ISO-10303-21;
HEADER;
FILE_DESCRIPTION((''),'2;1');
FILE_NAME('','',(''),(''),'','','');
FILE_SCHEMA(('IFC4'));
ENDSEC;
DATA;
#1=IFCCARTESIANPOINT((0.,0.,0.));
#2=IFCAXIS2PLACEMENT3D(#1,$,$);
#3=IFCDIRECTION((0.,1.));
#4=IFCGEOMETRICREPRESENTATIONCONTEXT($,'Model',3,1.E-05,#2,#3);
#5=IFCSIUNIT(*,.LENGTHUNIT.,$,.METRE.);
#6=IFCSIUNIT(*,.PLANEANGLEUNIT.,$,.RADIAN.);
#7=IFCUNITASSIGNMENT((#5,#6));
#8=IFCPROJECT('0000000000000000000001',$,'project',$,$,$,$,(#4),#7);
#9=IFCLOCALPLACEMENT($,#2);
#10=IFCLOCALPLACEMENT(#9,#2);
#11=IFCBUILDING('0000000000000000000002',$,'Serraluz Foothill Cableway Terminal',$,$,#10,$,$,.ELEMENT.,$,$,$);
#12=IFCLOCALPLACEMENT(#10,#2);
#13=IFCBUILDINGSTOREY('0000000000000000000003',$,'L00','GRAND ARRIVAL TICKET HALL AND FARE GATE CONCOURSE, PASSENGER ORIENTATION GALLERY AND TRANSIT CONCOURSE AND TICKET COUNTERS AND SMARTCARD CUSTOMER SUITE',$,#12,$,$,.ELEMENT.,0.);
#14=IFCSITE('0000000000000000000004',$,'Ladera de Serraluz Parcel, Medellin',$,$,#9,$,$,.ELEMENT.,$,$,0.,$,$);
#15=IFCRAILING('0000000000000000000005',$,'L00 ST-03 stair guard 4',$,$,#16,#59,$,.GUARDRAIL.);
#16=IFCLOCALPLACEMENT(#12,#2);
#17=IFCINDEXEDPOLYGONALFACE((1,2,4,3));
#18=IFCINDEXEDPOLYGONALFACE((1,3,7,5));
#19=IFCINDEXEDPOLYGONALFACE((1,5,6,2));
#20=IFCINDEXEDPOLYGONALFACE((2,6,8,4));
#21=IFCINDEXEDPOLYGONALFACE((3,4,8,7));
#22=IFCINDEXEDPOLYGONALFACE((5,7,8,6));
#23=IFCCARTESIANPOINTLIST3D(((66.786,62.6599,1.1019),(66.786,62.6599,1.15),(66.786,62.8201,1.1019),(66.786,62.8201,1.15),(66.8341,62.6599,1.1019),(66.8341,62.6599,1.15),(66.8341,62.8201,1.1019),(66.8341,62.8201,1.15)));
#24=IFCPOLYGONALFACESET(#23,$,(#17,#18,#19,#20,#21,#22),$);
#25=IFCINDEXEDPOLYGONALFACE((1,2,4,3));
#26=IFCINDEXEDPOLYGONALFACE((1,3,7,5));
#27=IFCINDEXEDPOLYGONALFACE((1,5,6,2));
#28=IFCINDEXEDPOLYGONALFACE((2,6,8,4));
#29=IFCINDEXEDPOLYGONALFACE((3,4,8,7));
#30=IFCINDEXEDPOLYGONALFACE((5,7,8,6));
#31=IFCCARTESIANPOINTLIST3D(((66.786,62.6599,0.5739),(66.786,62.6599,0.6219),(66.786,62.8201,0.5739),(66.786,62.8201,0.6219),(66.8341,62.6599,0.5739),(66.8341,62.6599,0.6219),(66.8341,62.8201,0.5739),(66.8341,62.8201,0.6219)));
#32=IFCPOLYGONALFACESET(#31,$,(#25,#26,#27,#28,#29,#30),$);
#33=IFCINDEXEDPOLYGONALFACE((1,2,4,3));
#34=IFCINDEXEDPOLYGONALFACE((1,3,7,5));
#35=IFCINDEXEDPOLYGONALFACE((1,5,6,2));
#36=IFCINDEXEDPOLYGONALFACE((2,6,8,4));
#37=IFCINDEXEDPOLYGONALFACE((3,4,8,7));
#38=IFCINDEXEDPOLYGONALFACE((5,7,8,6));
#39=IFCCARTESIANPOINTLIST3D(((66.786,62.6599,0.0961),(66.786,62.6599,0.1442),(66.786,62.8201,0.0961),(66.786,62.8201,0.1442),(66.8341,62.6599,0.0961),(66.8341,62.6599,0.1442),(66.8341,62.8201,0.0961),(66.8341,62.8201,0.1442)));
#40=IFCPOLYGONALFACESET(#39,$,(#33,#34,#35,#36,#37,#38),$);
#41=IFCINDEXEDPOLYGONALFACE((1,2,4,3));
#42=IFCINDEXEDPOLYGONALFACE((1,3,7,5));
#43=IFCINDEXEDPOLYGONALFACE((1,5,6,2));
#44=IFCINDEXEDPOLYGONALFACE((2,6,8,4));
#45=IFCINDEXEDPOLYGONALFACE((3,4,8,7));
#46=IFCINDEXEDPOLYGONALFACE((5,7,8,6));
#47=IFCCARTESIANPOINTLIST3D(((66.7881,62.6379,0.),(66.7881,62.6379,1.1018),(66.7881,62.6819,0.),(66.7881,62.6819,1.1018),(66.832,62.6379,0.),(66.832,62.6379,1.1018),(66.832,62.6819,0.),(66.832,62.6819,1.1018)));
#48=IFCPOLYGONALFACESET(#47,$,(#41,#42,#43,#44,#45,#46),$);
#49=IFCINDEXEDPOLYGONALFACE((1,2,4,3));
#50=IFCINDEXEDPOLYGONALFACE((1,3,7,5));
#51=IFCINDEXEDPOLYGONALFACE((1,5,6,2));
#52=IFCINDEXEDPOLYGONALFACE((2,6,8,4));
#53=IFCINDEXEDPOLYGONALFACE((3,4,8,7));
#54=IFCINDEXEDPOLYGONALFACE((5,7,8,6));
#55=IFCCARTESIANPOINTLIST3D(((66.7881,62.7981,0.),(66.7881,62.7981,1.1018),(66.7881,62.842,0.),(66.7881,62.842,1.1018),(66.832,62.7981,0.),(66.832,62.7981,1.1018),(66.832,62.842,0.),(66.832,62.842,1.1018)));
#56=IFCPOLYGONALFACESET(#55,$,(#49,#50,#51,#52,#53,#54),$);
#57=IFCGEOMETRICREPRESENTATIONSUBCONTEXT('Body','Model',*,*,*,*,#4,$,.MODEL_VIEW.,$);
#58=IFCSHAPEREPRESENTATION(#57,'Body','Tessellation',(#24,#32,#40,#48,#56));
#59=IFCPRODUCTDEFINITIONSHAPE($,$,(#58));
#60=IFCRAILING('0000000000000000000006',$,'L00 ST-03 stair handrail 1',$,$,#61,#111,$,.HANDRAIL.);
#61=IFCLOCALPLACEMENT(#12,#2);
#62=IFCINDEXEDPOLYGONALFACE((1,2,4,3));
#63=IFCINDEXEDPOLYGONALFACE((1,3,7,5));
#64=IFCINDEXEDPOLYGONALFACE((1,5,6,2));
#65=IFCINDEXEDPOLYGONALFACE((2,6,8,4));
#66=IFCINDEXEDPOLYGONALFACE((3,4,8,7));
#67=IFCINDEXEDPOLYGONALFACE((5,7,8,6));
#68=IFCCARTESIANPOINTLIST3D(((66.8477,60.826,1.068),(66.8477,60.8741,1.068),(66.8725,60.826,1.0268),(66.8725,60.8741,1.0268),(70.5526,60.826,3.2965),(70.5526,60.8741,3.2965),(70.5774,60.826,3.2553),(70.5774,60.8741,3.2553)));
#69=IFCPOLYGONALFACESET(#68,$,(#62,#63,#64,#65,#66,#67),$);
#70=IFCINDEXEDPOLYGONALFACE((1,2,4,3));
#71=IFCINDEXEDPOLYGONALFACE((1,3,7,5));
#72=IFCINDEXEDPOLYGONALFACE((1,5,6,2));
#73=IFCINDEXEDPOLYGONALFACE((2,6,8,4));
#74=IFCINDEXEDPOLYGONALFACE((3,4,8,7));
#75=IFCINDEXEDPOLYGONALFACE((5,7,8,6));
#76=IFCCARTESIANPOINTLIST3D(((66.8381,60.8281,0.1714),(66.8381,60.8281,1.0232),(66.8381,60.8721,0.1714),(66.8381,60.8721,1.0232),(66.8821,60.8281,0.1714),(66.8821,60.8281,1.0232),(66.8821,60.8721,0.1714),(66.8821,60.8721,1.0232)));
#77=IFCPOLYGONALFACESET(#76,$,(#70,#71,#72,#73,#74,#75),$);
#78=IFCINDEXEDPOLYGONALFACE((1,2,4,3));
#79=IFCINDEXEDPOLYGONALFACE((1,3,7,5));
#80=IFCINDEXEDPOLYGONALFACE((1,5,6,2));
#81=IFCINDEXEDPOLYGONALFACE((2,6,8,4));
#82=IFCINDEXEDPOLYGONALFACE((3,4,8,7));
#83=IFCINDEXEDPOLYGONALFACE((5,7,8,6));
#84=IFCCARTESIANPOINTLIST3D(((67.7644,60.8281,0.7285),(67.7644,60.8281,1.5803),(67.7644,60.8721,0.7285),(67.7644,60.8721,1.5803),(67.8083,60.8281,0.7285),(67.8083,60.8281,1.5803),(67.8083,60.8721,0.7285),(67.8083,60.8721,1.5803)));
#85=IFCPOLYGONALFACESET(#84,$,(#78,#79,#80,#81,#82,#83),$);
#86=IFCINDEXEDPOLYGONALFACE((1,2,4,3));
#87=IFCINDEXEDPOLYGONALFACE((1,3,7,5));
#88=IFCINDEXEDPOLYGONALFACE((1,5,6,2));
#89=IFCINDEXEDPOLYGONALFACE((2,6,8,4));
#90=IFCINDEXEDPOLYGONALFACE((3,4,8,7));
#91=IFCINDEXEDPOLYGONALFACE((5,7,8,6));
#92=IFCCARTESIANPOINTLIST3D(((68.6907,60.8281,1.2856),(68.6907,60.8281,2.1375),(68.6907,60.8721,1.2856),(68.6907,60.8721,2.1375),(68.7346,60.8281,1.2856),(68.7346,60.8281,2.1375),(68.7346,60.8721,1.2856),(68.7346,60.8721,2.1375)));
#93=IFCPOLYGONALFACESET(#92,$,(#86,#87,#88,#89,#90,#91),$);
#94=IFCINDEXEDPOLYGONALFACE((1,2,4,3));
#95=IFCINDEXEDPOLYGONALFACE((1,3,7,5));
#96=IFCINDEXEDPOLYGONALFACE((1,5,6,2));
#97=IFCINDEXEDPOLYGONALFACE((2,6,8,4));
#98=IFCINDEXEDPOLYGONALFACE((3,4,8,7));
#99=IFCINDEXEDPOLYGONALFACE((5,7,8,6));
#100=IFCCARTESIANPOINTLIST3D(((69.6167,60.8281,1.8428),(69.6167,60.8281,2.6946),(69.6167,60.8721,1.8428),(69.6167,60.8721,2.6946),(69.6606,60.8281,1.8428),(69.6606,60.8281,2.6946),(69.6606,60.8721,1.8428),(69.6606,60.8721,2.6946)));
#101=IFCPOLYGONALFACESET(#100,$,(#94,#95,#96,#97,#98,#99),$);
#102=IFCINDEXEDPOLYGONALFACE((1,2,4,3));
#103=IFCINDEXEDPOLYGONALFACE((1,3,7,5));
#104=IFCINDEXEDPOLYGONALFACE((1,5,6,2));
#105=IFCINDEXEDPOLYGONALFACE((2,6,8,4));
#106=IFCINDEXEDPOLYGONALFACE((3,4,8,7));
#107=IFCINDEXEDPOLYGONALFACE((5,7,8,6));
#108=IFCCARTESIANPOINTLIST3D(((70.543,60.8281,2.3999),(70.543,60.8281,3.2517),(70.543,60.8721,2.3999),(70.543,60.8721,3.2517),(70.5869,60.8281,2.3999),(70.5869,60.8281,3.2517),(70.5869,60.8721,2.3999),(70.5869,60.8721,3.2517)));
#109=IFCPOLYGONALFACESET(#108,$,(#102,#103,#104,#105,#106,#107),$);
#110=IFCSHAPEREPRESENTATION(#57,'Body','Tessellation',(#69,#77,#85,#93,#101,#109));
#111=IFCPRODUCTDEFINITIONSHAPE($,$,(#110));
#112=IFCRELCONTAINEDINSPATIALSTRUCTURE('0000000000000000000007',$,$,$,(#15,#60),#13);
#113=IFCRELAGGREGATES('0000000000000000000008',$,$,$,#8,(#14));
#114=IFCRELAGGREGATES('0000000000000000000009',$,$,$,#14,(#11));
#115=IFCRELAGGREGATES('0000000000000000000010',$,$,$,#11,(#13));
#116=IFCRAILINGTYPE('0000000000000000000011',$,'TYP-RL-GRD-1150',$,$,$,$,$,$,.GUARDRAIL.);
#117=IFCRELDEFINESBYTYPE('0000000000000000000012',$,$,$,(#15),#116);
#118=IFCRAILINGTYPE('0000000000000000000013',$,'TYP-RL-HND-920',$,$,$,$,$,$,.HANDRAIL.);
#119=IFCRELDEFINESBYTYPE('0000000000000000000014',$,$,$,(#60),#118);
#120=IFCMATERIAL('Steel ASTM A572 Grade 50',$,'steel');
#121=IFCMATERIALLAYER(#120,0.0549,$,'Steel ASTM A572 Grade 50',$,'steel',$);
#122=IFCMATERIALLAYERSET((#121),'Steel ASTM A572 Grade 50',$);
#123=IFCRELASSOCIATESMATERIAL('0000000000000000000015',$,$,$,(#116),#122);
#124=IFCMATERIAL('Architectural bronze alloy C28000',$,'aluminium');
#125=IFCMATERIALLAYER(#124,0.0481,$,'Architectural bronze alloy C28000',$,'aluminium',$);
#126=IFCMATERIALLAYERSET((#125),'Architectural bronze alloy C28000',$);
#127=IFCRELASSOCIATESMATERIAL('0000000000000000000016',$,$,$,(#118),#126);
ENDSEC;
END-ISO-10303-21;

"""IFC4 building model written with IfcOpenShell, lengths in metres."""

from ifc_helpers import new_model, si_unit, direction, frame, origin, origin_2d, place, context, subcontext, project, spatial, rectangle, extrude, material, layer, layer_set, type_object, element, save


model = new_model("IFC4")

# Units and contexts
model_context = context("Model", 3, precision=1e-05, world=origin(), true_north=direction((0.0, 1.0)))
body_context = subcontext(model_context, "Body", "Model", "MODEL_VIEW")
ifc_project = project(units=[si_unit("LENGTHUNIT", "METRE"), si_unit("PLANEANGLEUNIT", "RADIAN")], contexts=[model_context])

# Site, building, storey
site_placement = place(None, origin())
site = spatial("IfcSite", under=ifc_project, at=site_placement, Name="Ladera de Serraluz Parcel, Medellin", CompositionType="ELEMENT", RefElevation=0.0)
building_placement = place(site_placement, origin())
building = spatial("IfcBuilding", under=site, at=building_placement, Name="Serraluz Foothill Cableway Terminal", CompositionType="ELEMENT")
storey_placement = place(building_placement, origin())
storey = spatial("IfcBuildingStorey", under=building, at=storey_placement, Name="L00", Description="GRAND ARRIVAL TICKET HALL AND FARE GATE CONCOURSE, PASSENGER ORIENTATION GALLERY AND TRANSIT CONCOURSE AND TICKET COUNTERS AND SMARTCARD CUSTOMER SUITE", CompositionType="ELEMENT", Elevation=0.0)

# Railings
ifc_material_1 = material(Name="Steel ASTM A572 Grade 50", Category="steel")
ifc_layer_1 = layer(ifc_material_1, 0.0549, Name="Steel ASTM A572 Grade 50", Category="steel")
ifc_layer_set_1 = layer_set([ifc_layer_1], Name="Steel ASTM A572 Grade 50")
railing_type_1 = type_object("IfcRailingType", Name="TYP-RL-GRD-1150", PredefinedType="GUARDRAIL", material=ifc_layer_set_1)
railing_1_placement = place(storey_placement, frame((66.8101, 62.6599, 0.0)))
element("IfcRailing", 1, at=railing_1_placement, inside=storey, type_object=railing_type_1, Name="L00 ST-03 stair guard 4", PredefinedType="GUARDRAIL", context=body_context, shape_type="SweptSolid", body=[
    extrude(rectangle(XDim=0.0481, YDim=0.0481, at=origin_2d()), frame((0.0, 0.0, 1.126), z_axis=(0.0, 1.0, 0.0), x_axis=(-1.0, 0.0, 0.0)), (0.0, 0.0, 1.0), 0.1602),
    extrude(rectangle(XDim=0.0481, YDim=0.0481, at=origin_2d()), frame((0.0, 0.0, 0.5979), z_axis=(0.0, 1.0, 0.0), x_axis=(-1.0, 0.0, 0.0)), (0.0, 0.0, 1.0), 0.1602),
    extrude(rectangle(XDim=0.0481, YDim=0.0481, at=origin_2d()), frame((0.0, 0.0, 0.1201), z_axis=(0.0, 1.0, 0.0), x_axis=(-1.0, 0.0, 0.0)), (0.0, 0.0, 1.0), 0.1602),
    extrude(rectangle(XDim=0.0439, YDim=0.0439, at=origin_2d()), origin(), (0.0, 0.0, 1.0), 1.1018),
    extrude(rectangle(XDim=0.0439, YDim=0.0439, at=origin_2d()), frame((0.0, 0.1602, 0.0)), (0.0, 0.0, 1.0), 1.1018),
])
ifc_material_2 = material(Name="Architectural bronze alloy C28000", Category="aluminium")
ifc_layer_2 = layer(ifc_material_2, 0.0481, Name="Architectural bronze alloy C28000", Category="aluminium")
ifc_layer_set_2 = layer_set([ifc_layer_2], Name="Architectural bronze alloy C28000")
railing_type_2 = type_object("IfcRailingType", Name="TYP-RL-HND-920", PredefinedType="HANDRAIL", material=ifc_layer_set_2)
railing_2_placement = place(storey_placement, frame((66.8601, 60.8501, 0.1714)))
element("IfcRailing", 2, at=railing_2_placement, inside=storey, type_object=railing_type_2, Name="L00 ST-03 stair handrail 1", PredefinedType="HANDRAIL", context=body_context, shape_type="SweptSolid", body=[
    extrude(rectangle(XDim=0.0481, YDim=0.0481, at=origin_2d()), frame((0.0, 0.0, 0.876), z_axis=(0.856919, 0.0, 0.51545), x_axis=(0.0, 1.0, 0.0)), (0.0, 0.0, 1.0), 4.3235),
    extrude(rectangle(XDim=0.0439, YDim=0.0439, at=origin_2d()), origin(), (0.0, 0.0, 1.0), 0.8518),
    extrude(rectangle(XDim=0.0439, YDim=0.0439, at=origin_2d()), frame((0.9263, 0.0, 0.5571)), (0.0, 0.0, 1.0), 0.8518),
    extrude(rectangle(XDim=0.0439, YDim=0.0439, at=origin_2d()), frame((1.8525, 0.0, 1.1143)), (0.0, 0.0, 1.0), 0.8518),
    extrude(rectangle(XDim=0.0439, YDim=0.0439, at=origin_2d()), frame((2.7786, 0.0, 1.6714)), (0.0, 0.0, 1.0), 0.8518),
    extrude(rectangle(XDim=0.0439, YDim=0.0439, at=origin_2d()), frame((3.7048, 0.0, 2.2285)), (0.0, 0.0, 1.0), 0.8518),
])

save(model, "model.ifc")
